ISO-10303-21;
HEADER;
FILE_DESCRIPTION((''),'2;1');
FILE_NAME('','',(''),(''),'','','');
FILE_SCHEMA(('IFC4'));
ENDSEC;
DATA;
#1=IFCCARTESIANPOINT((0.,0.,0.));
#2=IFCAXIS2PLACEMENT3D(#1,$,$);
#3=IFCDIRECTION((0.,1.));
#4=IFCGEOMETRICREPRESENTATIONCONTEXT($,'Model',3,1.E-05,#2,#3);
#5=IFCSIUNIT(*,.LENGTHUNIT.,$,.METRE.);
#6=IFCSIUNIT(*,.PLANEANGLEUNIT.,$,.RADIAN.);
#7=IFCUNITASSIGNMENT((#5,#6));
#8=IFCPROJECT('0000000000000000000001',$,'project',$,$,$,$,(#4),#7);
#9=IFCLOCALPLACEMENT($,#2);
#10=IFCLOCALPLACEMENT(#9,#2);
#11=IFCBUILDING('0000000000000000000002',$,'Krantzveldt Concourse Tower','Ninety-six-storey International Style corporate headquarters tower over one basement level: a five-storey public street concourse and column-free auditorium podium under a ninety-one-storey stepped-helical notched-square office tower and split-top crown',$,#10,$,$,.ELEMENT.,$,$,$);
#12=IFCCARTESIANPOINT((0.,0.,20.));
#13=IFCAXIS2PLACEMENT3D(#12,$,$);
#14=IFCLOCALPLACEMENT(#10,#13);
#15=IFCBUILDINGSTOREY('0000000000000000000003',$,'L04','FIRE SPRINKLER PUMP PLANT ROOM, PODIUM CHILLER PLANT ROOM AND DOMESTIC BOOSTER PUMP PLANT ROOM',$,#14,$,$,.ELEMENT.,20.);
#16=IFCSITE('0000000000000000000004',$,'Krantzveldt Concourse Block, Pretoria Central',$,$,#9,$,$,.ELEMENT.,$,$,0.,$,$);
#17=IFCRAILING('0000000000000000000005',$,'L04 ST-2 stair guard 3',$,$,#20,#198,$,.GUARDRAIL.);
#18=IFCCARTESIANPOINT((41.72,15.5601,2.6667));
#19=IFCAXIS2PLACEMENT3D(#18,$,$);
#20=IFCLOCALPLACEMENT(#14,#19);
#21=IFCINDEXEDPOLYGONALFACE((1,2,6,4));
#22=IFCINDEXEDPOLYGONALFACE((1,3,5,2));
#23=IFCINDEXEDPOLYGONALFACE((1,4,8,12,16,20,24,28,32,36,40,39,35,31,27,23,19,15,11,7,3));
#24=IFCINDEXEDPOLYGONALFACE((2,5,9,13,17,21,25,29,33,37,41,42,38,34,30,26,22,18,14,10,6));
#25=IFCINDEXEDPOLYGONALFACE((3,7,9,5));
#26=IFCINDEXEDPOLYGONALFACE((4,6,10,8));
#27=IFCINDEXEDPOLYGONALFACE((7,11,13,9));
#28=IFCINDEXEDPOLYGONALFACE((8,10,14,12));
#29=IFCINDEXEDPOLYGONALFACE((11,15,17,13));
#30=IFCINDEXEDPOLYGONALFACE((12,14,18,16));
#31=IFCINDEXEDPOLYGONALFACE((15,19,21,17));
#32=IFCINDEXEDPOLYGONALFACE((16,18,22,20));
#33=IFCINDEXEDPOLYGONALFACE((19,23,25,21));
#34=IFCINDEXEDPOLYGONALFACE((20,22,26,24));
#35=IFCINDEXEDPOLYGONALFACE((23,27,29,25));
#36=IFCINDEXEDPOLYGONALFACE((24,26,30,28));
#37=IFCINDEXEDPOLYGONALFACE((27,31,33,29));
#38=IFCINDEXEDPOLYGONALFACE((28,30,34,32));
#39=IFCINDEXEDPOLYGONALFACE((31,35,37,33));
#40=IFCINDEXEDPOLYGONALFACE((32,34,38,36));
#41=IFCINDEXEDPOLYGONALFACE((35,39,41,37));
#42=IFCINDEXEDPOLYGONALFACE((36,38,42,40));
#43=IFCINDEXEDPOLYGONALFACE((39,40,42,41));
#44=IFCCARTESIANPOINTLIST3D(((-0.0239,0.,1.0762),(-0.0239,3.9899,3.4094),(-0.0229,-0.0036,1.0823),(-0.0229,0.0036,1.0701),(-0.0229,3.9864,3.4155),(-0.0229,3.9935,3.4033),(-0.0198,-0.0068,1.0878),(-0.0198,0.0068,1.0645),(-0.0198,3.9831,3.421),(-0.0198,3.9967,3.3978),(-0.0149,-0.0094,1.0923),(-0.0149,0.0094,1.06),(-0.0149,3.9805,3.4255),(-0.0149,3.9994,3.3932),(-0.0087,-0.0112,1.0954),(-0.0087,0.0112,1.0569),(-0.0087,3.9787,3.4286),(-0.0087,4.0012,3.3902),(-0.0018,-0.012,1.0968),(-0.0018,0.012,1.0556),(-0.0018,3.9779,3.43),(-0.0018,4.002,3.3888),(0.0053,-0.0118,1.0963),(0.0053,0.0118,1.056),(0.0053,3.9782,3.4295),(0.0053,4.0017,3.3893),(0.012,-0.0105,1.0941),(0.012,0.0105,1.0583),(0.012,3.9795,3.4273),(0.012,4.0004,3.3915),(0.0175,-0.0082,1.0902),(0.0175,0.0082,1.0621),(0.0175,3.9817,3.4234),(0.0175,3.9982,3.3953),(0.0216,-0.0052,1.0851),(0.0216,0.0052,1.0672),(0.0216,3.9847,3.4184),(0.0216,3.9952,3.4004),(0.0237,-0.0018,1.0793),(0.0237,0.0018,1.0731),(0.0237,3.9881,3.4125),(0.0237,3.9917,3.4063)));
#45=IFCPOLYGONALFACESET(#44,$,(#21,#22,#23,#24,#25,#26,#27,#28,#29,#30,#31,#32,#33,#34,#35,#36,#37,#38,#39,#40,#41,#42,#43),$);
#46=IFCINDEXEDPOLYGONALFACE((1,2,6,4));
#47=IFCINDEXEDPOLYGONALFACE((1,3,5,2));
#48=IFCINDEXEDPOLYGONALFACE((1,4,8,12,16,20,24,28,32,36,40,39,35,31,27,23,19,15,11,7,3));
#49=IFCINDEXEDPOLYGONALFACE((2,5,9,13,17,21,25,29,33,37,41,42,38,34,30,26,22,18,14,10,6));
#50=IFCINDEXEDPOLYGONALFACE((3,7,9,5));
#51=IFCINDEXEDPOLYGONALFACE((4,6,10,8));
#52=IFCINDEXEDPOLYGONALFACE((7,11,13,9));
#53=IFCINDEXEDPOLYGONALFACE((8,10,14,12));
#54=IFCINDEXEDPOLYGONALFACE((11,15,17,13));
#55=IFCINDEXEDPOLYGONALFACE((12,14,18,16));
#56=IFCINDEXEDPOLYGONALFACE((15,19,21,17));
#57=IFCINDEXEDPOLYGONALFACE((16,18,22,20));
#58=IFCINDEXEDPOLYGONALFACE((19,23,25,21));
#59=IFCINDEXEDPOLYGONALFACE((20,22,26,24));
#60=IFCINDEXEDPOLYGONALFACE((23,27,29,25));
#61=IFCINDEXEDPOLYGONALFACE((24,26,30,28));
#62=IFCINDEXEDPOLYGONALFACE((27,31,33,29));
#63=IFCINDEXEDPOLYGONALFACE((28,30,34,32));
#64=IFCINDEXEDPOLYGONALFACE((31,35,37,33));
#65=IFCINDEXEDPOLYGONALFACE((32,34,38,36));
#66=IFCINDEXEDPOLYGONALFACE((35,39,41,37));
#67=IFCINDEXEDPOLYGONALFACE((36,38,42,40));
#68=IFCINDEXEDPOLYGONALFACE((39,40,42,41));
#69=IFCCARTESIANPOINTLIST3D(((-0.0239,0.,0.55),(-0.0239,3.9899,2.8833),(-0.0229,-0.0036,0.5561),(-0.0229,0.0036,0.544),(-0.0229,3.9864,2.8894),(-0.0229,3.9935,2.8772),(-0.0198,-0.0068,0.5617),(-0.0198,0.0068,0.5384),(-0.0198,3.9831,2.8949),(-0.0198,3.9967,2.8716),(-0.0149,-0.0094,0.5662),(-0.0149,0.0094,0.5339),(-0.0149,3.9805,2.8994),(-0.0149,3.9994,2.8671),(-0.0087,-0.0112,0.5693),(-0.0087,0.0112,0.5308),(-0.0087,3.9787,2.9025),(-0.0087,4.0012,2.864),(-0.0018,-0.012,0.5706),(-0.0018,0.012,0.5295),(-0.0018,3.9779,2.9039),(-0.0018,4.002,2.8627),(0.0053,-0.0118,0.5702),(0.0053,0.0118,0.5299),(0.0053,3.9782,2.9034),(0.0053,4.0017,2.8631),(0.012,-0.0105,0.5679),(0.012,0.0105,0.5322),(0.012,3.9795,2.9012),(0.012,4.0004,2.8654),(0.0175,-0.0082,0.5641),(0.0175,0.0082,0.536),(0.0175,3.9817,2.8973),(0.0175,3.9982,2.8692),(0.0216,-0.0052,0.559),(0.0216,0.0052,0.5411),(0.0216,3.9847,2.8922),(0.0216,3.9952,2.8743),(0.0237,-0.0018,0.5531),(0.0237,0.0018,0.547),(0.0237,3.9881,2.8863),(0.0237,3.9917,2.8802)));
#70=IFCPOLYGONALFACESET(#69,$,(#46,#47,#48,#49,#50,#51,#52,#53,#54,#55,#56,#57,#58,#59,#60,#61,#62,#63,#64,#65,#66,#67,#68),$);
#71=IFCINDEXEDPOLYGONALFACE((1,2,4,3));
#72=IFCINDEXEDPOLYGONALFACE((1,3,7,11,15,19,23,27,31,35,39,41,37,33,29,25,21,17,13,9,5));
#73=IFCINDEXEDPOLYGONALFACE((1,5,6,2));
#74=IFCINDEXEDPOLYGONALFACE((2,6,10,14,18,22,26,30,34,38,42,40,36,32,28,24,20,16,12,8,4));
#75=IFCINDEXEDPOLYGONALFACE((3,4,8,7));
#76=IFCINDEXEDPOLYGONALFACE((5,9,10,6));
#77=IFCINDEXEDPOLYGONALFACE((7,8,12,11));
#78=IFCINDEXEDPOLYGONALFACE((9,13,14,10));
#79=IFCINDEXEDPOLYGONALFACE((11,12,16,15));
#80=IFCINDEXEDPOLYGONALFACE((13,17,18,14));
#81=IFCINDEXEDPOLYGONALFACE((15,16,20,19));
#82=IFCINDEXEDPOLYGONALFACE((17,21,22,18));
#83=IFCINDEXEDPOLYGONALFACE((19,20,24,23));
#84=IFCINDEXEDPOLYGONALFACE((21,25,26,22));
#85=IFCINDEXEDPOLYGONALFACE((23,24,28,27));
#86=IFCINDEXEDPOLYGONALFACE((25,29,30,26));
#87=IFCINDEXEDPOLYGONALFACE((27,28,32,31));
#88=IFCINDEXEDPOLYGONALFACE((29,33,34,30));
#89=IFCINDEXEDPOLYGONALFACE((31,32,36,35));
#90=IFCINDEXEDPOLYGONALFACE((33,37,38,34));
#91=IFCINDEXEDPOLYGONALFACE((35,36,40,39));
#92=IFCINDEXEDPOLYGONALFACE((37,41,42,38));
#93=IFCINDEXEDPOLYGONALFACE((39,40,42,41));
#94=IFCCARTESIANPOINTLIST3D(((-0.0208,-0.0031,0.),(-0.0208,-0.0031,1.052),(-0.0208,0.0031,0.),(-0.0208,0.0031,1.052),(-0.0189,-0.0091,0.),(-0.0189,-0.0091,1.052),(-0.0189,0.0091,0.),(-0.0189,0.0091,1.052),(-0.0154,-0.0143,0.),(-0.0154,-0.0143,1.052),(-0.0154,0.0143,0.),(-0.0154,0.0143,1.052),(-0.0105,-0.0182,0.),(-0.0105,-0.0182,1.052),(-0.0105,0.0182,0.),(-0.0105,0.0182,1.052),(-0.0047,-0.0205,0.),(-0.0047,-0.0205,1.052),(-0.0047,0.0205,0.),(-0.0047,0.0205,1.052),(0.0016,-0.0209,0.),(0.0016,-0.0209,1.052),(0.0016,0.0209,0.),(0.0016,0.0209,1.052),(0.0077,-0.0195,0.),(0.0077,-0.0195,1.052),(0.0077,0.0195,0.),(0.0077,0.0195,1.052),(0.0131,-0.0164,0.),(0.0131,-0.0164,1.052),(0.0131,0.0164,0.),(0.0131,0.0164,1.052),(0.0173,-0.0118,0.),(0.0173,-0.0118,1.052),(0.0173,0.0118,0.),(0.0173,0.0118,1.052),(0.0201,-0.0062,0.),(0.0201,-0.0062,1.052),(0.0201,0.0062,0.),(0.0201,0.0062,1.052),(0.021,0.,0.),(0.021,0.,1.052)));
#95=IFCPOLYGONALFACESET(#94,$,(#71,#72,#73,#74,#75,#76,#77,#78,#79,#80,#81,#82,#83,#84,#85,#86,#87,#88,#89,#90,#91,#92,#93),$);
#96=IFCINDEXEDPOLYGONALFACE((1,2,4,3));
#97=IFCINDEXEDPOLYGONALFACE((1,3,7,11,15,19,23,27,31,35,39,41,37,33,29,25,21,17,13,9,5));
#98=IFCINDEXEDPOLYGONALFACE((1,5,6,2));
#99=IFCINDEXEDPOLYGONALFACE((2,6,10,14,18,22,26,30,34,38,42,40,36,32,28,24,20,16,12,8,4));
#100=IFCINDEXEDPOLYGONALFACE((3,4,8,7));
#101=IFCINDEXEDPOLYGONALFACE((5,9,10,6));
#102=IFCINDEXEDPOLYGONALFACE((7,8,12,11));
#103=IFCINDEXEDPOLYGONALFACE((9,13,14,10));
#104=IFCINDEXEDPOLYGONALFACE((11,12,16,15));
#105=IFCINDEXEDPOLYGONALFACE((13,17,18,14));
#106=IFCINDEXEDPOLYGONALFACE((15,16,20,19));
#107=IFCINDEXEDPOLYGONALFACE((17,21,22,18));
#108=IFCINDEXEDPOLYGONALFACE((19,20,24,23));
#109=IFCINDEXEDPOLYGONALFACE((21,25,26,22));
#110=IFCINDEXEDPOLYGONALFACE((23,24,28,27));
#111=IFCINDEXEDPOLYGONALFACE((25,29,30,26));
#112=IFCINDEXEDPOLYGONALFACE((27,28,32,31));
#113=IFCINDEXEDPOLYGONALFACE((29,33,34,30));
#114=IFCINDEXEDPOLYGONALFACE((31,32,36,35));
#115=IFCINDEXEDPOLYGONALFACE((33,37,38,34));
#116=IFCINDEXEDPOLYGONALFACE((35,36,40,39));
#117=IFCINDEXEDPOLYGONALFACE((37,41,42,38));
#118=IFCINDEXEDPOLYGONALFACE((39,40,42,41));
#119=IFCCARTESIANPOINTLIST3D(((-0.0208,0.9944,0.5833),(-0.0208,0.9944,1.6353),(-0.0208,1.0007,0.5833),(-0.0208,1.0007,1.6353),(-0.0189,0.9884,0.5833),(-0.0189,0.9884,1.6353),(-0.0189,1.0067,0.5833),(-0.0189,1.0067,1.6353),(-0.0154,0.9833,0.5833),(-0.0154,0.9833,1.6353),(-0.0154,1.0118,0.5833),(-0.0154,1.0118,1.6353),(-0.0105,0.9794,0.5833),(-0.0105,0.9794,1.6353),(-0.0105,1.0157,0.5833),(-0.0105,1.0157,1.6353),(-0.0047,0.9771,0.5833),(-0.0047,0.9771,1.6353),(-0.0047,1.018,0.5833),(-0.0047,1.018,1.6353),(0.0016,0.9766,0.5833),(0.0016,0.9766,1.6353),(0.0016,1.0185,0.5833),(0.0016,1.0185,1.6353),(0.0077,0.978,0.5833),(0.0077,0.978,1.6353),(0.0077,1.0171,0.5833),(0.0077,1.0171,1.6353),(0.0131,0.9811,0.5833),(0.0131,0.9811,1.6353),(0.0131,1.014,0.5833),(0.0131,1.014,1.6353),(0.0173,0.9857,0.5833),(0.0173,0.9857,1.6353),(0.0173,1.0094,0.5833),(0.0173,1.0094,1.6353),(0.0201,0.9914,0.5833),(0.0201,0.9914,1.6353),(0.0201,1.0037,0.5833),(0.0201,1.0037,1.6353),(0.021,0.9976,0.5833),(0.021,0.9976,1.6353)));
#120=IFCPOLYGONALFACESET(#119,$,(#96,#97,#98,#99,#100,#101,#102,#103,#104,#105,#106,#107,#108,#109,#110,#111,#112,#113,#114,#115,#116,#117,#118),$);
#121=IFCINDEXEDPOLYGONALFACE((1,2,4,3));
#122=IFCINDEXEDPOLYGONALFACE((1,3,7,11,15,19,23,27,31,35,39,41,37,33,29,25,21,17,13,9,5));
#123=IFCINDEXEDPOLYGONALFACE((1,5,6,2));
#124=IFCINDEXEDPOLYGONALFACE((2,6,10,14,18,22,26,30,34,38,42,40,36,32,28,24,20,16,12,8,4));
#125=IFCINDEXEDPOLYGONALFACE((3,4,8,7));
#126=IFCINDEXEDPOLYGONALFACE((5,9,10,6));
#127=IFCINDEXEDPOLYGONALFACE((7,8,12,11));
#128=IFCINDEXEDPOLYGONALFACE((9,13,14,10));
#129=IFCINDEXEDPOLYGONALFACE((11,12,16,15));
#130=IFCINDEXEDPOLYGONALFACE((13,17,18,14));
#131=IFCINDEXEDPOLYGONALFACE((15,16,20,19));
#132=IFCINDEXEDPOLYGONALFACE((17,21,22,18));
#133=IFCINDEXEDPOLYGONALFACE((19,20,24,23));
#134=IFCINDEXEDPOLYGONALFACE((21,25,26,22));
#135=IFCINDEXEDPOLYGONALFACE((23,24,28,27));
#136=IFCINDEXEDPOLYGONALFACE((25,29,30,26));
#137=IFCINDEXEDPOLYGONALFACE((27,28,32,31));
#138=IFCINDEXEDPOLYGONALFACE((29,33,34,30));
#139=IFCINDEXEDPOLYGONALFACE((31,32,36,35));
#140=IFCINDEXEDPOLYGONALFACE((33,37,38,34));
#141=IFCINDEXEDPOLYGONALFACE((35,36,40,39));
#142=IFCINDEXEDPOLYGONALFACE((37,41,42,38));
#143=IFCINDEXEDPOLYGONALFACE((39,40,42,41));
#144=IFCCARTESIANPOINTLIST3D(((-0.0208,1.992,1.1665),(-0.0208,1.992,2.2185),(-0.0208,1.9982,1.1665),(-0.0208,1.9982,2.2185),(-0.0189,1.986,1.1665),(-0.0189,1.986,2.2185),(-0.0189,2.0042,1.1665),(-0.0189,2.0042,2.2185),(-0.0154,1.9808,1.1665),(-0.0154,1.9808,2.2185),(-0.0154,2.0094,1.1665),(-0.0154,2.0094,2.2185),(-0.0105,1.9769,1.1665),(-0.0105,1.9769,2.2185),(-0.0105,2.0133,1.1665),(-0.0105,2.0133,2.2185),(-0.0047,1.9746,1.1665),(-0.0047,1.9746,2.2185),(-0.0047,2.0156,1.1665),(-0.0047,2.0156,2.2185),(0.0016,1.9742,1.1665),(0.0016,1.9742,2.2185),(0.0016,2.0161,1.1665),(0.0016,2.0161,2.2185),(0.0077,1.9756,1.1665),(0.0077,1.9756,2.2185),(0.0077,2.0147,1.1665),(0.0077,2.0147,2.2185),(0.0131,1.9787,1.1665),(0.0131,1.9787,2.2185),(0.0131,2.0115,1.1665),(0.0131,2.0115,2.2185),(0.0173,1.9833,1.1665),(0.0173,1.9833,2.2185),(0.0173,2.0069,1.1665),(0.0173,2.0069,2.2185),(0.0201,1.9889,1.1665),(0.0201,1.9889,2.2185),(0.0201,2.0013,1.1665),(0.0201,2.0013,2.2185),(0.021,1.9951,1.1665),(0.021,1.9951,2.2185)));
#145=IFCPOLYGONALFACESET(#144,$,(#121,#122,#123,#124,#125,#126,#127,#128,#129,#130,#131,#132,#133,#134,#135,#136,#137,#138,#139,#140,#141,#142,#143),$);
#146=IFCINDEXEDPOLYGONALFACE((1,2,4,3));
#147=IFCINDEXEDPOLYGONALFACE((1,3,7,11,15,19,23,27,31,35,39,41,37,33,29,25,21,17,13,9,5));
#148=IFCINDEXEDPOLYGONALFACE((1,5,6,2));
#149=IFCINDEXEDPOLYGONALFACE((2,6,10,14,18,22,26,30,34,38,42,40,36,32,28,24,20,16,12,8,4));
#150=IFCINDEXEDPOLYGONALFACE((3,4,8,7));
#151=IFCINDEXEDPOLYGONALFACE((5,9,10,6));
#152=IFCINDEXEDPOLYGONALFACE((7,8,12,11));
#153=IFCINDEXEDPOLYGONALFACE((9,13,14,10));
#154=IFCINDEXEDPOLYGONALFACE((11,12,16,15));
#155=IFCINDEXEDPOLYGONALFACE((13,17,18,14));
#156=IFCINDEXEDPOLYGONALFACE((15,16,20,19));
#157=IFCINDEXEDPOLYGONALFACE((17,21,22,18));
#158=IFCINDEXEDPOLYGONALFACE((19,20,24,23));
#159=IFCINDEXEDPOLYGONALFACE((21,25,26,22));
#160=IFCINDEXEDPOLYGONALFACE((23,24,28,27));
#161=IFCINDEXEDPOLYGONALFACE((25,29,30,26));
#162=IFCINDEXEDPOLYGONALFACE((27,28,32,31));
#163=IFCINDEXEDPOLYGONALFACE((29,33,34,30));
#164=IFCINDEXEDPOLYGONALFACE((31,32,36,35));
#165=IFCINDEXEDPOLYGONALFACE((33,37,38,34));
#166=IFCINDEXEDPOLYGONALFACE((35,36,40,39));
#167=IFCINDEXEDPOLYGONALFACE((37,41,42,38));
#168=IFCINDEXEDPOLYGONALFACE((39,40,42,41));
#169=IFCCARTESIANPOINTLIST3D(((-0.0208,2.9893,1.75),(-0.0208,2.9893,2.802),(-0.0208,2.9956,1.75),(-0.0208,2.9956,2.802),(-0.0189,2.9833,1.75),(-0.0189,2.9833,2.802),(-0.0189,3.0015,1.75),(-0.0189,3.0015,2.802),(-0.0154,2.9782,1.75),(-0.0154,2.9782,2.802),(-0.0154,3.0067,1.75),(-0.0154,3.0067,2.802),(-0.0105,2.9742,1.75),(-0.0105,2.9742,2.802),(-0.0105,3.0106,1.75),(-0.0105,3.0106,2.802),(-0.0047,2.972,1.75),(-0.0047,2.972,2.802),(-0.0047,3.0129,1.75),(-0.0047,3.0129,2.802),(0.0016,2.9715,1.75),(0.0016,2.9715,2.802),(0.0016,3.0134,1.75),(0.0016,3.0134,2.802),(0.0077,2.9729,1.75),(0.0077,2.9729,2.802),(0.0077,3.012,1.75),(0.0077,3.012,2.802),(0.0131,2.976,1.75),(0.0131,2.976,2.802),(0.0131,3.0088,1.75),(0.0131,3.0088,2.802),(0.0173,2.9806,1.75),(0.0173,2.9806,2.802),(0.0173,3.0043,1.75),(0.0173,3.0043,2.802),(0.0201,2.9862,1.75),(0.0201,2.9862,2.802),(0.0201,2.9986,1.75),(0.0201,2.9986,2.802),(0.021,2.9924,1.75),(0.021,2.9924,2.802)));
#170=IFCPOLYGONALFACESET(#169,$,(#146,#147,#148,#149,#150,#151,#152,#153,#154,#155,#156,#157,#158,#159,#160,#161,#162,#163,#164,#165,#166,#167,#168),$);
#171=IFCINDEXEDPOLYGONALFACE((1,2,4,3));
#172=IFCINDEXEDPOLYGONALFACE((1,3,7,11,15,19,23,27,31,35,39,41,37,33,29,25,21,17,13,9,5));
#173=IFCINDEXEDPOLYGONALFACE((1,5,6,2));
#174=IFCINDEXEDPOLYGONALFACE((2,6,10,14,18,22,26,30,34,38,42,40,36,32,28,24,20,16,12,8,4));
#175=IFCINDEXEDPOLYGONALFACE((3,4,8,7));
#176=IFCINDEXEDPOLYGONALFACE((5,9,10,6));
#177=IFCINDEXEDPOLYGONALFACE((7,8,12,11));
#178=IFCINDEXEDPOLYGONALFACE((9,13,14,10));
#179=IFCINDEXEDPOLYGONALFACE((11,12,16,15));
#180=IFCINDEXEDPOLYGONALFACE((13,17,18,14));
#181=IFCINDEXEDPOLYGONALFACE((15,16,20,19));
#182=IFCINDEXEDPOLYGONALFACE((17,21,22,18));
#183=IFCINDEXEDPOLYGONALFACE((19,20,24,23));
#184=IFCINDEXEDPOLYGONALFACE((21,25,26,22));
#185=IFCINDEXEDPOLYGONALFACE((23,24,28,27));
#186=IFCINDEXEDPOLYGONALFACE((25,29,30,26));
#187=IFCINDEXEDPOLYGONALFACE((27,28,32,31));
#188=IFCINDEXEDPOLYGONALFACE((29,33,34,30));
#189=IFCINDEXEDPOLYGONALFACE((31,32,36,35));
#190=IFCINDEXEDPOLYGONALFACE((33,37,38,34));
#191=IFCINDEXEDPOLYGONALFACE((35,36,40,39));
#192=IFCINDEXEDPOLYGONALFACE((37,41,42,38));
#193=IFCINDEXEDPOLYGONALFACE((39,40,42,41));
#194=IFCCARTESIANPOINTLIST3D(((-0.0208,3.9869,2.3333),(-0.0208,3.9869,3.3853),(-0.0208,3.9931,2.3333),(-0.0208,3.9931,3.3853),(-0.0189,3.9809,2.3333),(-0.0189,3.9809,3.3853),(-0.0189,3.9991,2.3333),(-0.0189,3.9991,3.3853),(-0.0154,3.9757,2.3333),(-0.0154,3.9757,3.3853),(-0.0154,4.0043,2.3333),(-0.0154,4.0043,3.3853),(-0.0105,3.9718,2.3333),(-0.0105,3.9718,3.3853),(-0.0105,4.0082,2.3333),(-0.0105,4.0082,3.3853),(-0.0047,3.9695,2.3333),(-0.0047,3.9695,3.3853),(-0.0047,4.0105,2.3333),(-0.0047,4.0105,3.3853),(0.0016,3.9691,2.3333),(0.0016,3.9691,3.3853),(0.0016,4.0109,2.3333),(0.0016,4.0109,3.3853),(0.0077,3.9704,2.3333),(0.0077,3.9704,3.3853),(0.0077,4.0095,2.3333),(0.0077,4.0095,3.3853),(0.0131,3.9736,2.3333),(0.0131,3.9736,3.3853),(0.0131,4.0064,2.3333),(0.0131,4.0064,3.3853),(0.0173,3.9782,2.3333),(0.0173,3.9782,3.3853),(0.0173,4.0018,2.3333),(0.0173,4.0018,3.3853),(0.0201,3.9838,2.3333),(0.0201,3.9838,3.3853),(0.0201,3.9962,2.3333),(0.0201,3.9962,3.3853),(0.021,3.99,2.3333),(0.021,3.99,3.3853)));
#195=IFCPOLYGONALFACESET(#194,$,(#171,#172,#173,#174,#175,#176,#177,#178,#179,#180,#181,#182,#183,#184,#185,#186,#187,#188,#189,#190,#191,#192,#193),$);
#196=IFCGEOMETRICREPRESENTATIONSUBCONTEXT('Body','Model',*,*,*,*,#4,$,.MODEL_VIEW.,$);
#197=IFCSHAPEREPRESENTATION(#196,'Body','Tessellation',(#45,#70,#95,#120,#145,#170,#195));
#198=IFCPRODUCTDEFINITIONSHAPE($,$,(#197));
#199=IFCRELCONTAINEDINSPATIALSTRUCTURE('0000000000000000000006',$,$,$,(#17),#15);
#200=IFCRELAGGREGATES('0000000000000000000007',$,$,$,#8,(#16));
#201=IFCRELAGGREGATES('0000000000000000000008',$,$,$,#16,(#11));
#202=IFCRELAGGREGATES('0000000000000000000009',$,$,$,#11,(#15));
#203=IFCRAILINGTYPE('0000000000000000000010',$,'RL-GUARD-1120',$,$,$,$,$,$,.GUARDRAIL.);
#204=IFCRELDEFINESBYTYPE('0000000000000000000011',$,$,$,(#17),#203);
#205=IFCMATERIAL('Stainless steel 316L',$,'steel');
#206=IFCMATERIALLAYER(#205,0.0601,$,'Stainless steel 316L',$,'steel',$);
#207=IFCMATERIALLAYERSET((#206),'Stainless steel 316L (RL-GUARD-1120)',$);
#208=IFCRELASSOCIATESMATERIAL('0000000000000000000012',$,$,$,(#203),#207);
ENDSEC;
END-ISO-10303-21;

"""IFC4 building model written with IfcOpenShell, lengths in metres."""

from ifc_helpers import new_model, si_unit, direction, frame, origin, origin_2d, place, context, subcontext, project, spatial, circle, extrude, material, layer, layer_set, type_object, element, save


model = new_model("IFC4")

# Units and contexts
model_context = context("Model", 3, precision=1e-05, world=origin(), true_north=direction((0.0, 1.0)))
body_context = subcontext(model_context, "Body", "Model", "MODEL_VIEW")
ifc_project = project(units=[si_unit("LENGTHUNIT", "METRE"), si_unit("PLANEANGLEUNIT", "RADIAN")], contexts=[model_context])

# Site, building, storey
site_placement = place(None, origin())
site = spatial("IfcSite", under=ifc_project, at=site_placement, Name="Krantzveldt Concourse Block, Pretoria Central", CompositionType="ELEMENT", RefElevation=0.0)
building_placement = place(site_placement, origin())
building = spatial("IfcBuilding", under=site, at=building_placement, Name="Krantzveldt Concourse Tower", Description="Ninety-six-storey International Style corporate headquarters tower over one basement level: a five-storey public street concourse and column-free auditorium podium under a ninety-one-storey stepped-helical notched-square office tower and split-top crown", CompositionType="ELEMENT")
storey_placement = place(building_placement, frame((0.0, 0.0, 20.0)))
storey = spatial("IfcBuildingStorey", under=building, at=storey_placement, Name="L04", Description="FIRE SPRINKLER PUMP PLANT ROOM, PODIUM CHILLER PLANT ROOM AND DOMESTIC BOOSTER PUMP PLANT ROOM", CompositionType="ELEMENT", Elevation=20.0)

# Railing
ifc_material_1 = material(Name="Stainless steel 316L", Category="steel")
ifc_layer_1 = layer(ifc_material_1, 0.0601, Name="Stainless steel 316L", Category="steel")
ifc_layer_set_1 = layer_set([ifc_layer_1], Name="Stainless steel 316L (RL-GUARD-1120)")
railing_type_1 = type_object("IfcRailingType", Name="RL-GUARD-1120", PredefinedType="GUARDRAIL", material=ifc_layer_set_1)
railing_1_placement = place(storey_placement, frame((41.72, 15.5601, 2.6667)))
element("IfcRailing", 1, at=railing_1_placement, inside=storey, type_object=railing_type_1, Name="L04 ST-2 stair guard 3", PredefinedType="GUARDRAIL", context=body_context, shape_type="SweptSolid", body=[
    extrude(circle(Radius=0.0239, at=origin_2d()), frame((0.0, 0.0, 1.0762), z_axis=(0.0, 0.863236, 0.5048), x_axis=(-1.0, 0.0, 0.0)), (0.0, 0.0, 1.0), 4.6221),
    extrude(circle(Radius=0.0239, at=origin_2d()), frame((0.0, 0.0, 0.55), z_axis=(0.0, 0.863236, 0.5048), x_axis=(-1.0, 0.0, 0.0)), (0.0, 0.0, 1.0), 4.6221),
    extrude(circle(Radius=0.021, at=origin_2d()), origin(), (0.0, 0.0, 1.0), 1.052),
    extrude(circle(Radius=0.021, at=origin_2d()), frame((0.0, 0.9976, 0.5833)), (0.0, 0.0, 1.0), 1.052),
    extrude(circle(Radius=0.021, at=origin_2d()), frame((0.0, 1.9951, 1.1665)), (0.0, 0.0, 1.0), 1.052),
    extrude(circle(Radius=0.021, at=origin_2d()), frame((0.0, 2.9924, 1.75)), (0.0, 0.0, 1.0), 1.052),
    extrude(circle(Radius=0.021, at=origin_2d()), frame((0.0, 3.99, 2.3333)), (0.0, 0.0, 1.0), 1.052),
])

save(model, "model.ifc")
